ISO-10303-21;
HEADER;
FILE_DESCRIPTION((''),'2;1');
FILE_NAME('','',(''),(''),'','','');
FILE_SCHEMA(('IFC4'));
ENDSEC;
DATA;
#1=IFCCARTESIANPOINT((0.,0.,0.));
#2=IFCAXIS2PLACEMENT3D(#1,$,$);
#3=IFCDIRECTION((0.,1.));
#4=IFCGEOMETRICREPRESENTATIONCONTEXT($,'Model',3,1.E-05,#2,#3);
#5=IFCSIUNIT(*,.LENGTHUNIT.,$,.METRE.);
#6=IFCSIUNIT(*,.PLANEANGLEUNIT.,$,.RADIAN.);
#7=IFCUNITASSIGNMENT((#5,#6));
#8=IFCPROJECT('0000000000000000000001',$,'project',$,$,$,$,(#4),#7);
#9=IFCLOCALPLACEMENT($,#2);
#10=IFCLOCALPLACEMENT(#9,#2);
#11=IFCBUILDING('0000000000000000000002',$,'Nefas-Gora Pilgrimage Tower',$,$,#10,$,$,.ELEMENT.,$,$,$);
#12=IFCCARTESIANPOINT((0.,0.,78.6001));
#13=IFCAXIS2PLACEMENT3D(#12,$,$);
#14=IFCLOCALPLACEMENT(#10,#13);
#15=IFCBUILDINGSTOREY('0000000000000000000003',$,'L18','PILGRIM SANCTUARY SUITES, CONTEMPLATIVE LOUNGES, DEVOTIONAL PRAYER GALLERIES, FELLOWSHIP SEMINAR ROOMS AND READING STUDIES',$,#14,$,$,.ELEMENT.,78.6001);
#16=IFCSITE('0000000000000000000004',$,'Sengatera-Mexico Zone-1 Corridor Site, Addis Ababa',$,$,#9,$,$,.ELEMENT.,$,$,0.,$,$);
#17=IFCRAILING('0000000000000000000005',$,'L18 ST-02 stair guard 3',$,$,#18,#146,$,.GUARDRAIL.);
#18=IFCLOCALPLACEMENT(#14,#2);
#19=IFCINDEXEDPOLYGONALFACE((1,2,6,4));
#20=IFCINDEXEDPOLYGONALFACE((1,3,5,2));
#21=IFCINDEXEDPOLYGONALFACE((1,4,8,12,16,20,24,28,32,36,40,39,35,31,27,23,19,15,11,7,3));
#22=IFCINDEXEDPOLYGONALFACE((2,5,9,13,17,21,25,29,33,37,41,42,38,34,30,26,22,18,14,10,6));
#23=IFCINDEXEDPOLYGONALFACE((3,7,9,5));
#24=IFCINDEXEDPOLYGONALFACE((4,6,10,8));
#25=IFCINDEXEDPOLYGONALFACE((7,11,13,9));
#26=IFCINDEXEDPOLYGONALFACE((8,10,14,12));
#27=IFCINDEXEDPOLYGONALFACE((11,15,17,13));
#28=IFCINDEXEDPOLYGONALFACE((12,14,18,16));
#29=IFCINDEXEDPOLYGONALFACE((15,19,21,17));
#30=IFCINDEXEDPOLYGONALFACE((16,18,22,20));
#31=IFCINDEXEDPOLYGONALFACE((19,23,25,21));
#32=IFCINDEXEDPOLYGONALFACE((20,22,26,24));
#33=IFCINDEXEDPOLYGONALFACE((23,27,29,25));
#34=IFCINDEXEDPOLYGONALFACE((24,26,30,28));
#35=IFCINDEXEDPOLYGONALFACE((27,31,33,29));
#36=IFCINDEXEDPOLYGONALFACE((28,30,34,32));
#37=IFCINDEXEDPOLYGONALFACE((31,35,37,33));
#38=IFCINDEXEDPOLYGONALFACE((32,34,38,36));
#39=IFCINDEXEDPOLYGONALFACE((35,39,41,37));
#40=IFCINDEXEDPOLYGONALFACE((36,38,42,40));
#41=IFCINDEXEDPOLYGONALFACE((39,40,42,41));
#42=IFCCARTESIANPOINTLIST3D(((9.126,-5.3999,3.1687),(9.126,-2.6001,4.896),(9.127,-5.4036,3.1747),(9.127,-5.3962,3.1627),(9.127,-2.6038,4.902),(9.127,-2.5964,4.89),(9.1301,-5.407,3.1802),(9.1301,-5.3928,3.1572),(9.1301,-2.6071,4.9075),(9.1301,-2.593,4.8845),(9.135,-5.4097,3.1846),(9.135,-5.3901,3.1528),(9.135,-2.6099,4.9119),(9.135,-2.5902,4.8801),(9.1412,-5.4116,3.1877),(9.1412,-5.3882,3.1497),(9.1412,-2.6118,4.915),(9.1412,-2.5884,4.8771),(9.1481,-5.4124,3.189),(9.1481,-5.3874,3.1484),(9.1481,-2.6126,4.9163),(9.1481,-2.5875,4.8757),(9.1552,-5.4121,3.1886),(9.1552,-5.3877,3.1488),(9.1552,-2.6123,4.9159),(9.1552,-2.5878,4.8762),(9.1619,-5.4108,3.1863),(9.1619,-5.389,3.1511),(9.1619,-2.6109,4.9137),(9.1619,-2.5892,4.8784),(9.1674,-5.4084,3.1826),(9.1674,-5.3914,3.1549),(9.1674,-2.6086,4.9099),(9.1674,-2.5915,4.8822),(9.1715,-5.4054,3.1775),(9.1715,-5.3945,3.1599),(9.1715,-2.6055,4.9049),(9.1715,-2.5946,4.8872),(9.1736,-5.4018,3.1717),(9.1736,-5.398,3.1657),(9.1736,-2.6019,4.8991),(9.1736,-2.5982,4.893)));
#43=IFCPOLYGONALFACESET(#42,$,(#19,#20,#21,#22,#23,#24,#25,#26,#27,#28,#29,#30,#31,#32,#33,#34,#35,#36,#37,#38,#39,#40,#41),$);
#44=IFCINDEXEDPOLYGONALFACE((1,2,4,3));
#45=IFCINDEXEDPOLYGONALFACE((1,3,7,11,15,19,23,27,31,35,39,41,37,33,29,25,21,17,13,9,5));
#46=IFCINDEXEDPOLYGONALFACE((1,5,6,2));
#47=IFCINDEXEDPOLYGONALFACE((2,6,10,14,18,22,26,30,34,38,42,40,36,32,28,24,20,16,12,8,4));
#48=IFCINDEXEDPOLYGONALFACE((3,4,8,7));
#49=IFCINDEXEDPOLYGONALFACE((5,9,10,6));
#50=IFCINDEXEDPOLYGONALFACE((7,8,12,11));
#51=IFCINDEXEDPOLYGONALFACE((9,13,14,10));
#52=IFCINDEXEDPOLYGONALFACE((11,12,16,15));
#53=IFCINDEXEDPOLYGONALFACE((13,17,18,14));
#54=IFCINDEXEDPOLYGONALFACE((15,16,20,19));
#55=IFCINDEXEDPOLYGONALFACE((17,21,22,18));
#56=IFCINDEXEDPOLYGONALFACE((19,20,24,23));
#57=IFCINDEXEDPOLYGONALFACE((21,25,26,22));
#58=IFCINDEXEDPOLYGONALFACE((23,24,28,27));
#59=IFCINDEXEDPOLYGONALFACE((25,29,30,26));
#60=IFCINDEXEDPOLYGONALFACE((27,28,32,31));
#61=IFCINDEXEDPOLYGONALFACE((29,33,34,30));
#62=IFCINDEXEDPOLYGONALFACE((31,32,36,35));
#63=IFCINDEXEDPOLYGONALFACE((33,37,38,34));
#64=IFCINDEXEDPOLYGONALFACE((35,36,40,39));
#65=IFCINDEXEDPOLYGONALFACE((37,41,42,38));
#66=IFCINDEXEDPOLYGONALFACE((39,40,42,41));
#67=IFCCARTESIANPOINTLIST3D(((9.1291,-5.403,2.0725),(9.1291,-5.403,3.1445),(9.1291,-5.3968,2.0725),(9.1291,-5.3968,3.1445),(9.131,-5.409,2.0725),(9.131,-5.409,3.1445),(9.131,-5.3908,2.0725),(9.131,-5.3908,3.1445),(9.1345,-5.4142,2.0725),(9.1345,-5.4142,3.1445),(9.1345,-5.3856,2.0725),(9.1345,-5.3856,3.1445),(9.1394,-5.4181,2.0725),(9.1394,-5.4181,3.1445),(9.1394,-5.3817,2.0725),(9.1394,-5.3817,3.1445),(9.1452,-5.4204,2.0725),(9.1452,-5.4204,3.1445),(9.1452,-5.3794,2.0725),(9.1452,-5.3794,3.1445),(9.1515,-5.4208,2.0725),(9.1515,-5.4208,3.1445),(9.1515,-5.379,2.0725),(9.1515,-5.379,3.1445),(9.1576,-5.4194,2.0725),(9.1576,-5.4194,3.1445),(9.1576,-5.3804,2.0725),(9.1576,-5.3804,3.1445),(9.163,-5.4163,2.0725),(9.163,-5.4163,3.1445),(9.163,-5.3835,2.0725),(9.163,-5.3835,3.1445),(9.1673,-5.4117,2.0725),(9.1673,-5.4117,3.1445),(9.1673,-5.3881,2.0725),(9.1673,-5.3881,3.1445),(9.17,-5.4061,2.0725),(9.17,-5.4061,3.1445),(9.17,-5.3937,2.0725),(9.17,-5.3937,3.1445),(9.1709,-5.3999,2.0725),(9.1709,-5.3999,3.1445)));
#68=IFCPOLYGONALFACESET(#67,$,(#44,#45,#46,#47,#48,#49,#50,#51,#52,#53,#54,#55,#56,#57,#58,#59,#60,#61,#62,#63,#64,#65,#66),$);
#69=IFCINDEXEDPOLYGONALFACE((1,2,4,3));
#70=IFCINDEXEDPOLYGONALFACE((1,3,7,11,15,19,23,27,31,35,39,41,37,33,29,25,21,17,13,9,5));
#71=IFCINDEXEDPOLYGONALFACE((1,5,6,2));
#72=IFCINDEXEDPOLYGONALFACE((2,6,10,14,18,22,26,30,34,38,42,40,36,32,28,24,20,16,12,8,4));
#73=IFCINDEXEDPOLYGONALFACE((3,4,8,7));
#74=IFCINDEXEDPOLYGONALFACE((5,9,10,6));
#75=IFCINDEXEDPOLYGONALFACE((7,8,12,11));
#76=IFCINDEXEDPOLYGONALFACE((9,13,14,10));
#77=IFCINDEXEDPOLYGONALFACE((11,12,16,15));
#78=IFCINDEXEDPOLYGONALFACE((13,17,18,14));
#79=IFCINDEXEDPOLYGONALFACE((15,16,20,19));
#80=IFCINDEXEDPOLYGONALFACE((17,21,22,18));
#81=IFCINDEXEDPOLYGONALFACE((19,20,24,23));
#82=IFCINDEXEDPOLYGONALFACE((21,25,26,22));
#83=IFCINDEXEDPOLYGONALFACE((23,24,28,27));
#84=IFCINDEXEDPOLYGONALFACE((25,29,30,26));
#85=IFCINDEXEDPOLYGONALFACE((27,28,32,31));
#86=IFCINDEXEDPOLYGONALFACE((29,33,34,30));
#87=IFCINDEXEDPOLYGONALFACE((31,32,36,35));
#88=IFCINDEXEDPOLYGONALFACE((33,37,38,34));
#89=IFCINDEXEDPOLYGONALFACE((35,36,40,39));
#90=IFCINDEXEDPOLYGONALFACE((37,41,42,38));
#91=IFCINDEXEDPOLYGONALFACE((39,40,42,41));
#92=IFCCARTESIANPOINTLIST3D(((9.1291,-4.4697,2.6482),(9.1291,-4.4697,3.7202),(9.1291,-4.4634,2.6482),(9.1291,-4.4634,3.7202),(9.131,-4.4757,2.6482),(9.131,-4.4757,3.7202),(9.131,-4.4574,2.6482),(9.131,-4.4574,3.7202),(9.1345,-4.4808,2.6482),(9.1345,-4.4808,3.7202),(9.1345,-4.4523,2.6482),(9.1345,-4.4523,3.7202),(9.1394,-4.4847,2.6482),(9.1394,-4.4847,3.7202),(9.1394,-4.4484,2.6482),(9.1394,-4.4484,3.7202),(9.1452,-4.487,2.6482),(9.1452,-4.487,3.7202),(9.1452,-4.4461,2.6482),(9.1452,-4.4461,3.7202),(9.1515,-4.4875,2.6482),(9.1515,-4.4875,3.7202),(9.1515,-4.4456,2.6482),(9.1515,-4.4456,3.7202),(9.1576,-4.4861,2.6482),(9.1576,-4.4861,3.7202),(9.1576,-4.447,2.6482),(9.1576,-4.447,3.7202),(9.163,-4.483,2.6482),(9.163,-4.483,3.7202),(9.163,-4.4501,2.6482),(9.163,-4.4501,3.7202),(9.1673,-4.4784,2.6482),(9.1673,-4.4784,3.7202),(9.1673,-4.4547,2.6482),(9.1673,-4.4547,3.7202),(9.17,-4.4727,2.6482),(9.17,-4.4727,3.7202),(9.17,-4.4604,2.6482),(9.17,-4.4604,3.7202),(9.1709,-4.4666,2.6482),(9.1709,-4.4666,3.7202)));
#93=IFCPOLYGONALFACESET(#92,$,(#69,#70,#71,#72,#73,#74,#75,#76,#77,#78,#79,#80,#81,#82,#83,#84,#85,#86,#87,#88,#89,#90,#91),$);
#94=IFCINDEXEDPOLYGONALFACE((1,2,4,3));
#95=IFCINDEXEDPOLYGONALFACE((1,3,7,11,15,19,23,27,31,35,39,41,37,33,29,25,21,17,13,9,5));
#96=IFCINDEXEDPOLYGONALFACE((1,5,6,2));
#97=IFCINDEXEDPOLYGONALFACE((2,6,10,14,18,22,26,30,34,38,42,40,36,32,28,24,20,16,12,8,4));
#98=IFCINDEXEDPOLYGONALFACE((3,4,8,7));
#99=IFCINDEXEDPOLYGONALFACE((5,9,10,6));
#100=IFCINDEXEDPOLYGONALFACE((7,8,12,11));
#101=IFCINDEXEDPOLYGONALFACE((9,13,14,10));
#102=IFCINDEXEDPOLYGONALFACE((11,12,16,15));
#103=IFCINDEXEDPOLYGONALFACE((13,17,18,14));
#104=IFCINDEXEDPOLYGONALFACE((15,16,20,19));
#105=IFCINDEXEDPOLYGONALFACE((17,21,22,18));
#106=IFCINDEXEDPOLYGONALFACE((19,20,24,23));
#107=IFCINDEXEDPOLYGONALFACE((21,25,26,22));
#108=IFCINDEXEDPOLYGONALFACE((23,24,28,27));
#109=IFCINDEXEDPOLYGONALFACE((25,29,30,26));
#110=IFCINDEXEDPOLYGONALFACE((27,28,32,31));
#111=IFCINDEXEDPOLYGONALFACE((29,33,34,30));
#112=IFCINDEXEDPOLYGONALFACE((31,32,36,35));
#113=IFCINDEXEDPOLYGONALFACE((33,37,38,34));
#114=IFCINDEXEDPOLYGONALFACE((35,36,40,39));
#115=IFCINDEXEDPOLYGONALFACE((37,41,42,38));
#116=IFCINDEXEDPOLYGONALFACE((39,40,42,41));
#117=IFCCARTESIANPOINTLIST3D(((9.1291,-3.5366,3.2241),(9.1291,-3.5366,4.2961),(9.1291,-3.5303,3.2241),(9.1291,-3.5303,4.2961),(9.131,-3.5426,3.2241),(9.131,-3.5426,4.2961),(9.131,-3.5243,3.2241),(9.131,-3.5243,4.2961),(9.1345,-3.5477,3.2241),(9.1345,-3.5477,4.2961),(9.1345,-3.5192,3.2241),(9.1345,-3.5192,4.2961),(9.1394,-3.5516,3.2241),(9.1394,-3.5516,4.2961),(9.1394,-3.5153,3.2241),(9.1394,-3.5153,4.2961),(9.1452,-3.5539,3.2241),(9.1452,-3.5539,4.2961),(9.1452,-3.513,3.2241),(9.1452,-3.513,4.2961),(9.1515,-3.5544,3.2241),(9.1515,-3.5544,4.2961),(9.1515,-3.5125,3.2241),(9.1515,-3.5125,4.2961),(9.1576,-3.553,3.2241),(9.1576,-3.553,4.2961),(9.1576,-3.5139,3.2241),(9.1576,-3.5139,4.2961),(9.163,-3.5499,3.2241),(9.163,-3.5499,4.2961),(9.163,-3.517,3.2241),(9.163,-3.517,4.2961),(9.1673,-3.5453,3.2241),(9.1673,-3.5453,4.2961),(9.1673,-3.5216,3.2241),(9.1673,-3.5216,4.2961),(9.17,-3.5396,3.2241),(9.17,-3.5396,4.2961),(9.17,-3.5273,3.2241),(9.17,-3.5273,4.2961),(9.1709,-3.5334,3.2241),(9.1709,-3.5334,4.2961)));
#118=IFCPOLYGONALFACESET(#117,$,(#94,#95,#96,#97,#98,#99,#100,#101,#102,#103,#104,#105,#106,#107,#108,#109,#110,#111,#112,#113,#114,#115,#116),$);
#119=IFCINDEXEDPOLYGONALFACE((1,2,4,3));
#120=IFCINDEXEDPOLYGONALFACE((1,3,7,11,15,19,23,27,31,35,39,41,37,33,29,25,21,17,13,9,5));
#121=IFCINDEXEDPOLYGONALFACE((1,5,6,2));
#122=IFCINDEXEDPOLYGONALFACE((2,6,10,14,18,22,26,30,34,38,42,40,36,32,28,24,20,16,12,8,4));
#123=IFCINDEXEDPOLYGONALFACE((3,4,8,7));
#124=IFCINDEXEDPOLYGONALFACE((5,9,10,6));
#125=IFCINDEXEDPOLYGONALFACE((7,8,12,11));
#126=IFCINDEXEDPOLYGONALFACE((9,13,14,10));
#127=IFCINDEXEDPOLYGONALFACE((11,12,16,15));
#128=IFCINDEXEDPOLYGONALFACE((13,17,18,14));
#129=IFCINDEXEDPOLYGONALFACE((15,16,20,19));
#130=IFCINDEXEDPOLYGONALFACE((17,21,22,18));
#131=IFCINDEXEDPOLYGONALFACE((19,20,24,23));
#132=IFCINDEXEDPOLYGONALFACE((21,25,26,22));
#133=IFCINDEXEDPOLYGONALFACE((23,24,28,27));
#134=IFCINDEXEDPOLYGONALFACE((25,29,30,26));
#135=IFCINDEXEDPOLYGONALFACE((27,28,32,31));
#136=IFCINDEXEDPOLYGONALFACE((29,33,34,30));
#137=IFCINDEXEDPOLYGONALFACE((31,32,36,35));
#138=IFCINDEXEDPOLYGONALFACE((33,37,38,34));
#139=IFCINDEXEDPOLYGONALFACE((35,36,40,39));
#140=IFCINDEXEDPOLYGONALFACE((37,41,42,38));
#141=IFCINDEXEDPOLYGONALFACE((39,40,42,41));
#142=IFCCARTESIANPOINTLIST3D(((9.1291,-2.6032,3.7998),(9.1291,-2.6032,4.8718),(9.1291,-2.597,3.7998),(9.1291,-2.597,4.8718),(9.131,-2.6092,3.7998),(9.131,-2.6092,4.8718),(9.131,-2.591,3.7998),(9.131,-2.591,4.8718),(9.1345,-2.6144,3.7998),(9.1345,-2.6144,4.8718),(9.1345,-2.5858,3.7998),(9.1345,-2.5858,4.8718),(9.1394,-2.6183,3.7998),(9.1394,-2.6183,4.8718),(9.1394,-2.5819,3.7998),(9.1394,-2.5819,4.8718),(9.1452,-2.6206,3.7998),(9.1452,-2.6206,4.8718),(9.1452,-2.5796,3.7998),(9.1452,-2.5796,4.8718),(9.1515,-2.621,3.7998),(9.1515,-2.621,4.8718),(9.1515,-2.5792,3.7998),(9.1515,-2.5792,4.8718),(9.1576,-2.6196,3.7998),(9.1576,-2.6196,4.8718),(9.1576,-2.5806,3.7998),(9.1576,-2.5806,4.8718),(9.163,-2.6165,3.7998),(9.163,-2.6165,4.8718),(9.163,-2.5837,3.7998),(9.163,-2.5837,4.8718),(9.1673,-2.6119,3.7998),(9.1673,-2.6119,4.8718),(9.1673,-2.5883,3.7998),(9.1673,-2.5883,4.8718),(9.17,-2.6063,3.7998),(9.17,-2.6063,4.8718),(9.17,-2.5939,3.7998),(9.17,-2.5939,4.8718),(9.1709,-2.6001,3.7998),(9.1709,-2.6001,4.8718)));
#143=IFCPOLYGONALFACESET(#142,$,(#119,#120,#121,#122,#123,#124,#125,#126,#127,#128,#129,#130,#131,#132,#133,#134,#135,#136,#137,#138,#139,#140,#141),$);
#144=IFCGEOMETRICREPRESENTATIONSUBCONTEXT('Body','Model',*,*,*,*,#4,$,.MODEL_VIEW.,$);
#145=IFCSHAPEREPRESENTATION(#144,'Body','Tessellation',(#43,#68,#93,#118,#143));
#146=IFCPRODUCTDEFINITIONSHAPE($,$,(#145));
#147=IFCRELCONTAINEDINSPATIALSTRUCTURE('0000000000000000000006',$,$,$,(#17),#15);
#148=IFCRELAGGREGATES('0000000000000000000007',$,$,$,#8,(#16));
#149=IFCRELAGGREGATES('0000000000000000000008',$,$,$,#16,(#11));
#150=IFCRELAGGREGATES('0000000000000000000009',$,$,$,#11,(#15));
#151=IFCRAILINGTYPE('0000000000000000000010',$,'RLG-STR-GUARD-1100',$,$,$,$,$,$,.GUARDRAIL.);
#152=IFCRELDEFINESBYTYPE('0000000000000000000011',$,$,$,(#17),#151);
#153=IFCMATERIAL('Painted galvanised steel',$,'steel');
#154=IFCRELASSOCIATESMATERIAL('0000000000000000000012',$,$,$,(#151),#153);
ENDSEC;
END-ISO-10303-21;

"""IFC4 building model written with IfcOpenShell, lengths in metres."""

from ifc_helpers import new_model, si_unit, direction, frame, origin, origin_2d, place, context, subcontext, project, spatial, circle, extrude, material, type_object, element, save


model = new_model("IFC4")

# Units and contexts
model_context = context("Model", 3, precision=1e-05, world=origin(), true_north=direction((0.0, 1.0)))
body_context = subcontext(model_context, "Body", "Model", "MODEL_VIEW")
ifc_project = project(units=[si_unit("LENGTHUNIT", "METRE"), si_unit("PLANEANGLEUNIT", "RADIAN")], contexts=[model_context])

# Site, building, storey
site_placement = place(None, origin())
site = spatial("IfcSite", under=ifc_project, at=site_placement, Name="Sengatera-Mexico Zone-1 Corridor Site, Addis Ababa", CompositionType="ELEMENT", RefElevation=0.0)
building_placement = place(site_placement, origin())
building = spatial("IfcBuilding", under=site, at=building_placement, Name="Nefas-Gora Pilgrimage Tower", CompositionType="ELEMENT")
storey_placement = place(building_placement, frame((0.0, 0.0, 78.6001)))
storey = spatial("IfcBuildingStorey", under=building, at=storey_placement, Name="L18", Description="PILGRIM SANCTUARY SUITES, CONTEMPLATIVE LOUNGES, DEVOTIONAL PRAYER GALLERIES, FELLOWSHIP SEMINAR ROOMS AND READING STUDIES", CompositionType="ELEMENT", Elevation=78.6001)

# Railing
ifc_material_1 = material(Name="Painted galvanised steel", Category="steel")
railing_type_1 = type_object("IfcRailingType", Name="RLG-STR-GUARD-1100", PredefinedType="GUARDRAIL", material=ifc_material_1)
railing_1_placement = place(storey_placement, frame((9.1499, -5.3999, 2.0725)))
element("IfcRailing", 1, at=railing_1_placement, inside=storey, type_object=railing_type_1, Name="L18 ST-02 stair guard 3", PredefinedType="GUARDRAIL", context=body_context, shape_type="SweptSolid", body=[
    extrude(circle(Radius=0.0239, at=origin_2d()), frame((0.0, 0.0, 1.0962), z_axis=(0.0, 0.851069, 0.525054), x_axis=(-1.0, 0.0, 0.0)), (0.0, 0.0, 1.0), 3.2898),
    extrude(circle(Radius=0.021, at=origin_2d()), origin(), (0.0, 0.0, 1.0), 1.072),
    extrude(circle(Radius=0.021, at=origin_2d()), frame((0.0, 0.9333, 0.5757)), (0.0, 0.0, 1.0), 1.072),
    extrude(circle(Radius=0.021, at=origin_2d()), frame((0.0, 1.8665, 1.1516)), (0.0, 0.0, 1.0), 1.072),
    extrude(circle(Radius=0.021, at=origin_2d()), frame((0.0, 2.7998, 1.7273)), (0.0, 0.0, 1.0), 1.072),
])

save(model, "model.ifc")
